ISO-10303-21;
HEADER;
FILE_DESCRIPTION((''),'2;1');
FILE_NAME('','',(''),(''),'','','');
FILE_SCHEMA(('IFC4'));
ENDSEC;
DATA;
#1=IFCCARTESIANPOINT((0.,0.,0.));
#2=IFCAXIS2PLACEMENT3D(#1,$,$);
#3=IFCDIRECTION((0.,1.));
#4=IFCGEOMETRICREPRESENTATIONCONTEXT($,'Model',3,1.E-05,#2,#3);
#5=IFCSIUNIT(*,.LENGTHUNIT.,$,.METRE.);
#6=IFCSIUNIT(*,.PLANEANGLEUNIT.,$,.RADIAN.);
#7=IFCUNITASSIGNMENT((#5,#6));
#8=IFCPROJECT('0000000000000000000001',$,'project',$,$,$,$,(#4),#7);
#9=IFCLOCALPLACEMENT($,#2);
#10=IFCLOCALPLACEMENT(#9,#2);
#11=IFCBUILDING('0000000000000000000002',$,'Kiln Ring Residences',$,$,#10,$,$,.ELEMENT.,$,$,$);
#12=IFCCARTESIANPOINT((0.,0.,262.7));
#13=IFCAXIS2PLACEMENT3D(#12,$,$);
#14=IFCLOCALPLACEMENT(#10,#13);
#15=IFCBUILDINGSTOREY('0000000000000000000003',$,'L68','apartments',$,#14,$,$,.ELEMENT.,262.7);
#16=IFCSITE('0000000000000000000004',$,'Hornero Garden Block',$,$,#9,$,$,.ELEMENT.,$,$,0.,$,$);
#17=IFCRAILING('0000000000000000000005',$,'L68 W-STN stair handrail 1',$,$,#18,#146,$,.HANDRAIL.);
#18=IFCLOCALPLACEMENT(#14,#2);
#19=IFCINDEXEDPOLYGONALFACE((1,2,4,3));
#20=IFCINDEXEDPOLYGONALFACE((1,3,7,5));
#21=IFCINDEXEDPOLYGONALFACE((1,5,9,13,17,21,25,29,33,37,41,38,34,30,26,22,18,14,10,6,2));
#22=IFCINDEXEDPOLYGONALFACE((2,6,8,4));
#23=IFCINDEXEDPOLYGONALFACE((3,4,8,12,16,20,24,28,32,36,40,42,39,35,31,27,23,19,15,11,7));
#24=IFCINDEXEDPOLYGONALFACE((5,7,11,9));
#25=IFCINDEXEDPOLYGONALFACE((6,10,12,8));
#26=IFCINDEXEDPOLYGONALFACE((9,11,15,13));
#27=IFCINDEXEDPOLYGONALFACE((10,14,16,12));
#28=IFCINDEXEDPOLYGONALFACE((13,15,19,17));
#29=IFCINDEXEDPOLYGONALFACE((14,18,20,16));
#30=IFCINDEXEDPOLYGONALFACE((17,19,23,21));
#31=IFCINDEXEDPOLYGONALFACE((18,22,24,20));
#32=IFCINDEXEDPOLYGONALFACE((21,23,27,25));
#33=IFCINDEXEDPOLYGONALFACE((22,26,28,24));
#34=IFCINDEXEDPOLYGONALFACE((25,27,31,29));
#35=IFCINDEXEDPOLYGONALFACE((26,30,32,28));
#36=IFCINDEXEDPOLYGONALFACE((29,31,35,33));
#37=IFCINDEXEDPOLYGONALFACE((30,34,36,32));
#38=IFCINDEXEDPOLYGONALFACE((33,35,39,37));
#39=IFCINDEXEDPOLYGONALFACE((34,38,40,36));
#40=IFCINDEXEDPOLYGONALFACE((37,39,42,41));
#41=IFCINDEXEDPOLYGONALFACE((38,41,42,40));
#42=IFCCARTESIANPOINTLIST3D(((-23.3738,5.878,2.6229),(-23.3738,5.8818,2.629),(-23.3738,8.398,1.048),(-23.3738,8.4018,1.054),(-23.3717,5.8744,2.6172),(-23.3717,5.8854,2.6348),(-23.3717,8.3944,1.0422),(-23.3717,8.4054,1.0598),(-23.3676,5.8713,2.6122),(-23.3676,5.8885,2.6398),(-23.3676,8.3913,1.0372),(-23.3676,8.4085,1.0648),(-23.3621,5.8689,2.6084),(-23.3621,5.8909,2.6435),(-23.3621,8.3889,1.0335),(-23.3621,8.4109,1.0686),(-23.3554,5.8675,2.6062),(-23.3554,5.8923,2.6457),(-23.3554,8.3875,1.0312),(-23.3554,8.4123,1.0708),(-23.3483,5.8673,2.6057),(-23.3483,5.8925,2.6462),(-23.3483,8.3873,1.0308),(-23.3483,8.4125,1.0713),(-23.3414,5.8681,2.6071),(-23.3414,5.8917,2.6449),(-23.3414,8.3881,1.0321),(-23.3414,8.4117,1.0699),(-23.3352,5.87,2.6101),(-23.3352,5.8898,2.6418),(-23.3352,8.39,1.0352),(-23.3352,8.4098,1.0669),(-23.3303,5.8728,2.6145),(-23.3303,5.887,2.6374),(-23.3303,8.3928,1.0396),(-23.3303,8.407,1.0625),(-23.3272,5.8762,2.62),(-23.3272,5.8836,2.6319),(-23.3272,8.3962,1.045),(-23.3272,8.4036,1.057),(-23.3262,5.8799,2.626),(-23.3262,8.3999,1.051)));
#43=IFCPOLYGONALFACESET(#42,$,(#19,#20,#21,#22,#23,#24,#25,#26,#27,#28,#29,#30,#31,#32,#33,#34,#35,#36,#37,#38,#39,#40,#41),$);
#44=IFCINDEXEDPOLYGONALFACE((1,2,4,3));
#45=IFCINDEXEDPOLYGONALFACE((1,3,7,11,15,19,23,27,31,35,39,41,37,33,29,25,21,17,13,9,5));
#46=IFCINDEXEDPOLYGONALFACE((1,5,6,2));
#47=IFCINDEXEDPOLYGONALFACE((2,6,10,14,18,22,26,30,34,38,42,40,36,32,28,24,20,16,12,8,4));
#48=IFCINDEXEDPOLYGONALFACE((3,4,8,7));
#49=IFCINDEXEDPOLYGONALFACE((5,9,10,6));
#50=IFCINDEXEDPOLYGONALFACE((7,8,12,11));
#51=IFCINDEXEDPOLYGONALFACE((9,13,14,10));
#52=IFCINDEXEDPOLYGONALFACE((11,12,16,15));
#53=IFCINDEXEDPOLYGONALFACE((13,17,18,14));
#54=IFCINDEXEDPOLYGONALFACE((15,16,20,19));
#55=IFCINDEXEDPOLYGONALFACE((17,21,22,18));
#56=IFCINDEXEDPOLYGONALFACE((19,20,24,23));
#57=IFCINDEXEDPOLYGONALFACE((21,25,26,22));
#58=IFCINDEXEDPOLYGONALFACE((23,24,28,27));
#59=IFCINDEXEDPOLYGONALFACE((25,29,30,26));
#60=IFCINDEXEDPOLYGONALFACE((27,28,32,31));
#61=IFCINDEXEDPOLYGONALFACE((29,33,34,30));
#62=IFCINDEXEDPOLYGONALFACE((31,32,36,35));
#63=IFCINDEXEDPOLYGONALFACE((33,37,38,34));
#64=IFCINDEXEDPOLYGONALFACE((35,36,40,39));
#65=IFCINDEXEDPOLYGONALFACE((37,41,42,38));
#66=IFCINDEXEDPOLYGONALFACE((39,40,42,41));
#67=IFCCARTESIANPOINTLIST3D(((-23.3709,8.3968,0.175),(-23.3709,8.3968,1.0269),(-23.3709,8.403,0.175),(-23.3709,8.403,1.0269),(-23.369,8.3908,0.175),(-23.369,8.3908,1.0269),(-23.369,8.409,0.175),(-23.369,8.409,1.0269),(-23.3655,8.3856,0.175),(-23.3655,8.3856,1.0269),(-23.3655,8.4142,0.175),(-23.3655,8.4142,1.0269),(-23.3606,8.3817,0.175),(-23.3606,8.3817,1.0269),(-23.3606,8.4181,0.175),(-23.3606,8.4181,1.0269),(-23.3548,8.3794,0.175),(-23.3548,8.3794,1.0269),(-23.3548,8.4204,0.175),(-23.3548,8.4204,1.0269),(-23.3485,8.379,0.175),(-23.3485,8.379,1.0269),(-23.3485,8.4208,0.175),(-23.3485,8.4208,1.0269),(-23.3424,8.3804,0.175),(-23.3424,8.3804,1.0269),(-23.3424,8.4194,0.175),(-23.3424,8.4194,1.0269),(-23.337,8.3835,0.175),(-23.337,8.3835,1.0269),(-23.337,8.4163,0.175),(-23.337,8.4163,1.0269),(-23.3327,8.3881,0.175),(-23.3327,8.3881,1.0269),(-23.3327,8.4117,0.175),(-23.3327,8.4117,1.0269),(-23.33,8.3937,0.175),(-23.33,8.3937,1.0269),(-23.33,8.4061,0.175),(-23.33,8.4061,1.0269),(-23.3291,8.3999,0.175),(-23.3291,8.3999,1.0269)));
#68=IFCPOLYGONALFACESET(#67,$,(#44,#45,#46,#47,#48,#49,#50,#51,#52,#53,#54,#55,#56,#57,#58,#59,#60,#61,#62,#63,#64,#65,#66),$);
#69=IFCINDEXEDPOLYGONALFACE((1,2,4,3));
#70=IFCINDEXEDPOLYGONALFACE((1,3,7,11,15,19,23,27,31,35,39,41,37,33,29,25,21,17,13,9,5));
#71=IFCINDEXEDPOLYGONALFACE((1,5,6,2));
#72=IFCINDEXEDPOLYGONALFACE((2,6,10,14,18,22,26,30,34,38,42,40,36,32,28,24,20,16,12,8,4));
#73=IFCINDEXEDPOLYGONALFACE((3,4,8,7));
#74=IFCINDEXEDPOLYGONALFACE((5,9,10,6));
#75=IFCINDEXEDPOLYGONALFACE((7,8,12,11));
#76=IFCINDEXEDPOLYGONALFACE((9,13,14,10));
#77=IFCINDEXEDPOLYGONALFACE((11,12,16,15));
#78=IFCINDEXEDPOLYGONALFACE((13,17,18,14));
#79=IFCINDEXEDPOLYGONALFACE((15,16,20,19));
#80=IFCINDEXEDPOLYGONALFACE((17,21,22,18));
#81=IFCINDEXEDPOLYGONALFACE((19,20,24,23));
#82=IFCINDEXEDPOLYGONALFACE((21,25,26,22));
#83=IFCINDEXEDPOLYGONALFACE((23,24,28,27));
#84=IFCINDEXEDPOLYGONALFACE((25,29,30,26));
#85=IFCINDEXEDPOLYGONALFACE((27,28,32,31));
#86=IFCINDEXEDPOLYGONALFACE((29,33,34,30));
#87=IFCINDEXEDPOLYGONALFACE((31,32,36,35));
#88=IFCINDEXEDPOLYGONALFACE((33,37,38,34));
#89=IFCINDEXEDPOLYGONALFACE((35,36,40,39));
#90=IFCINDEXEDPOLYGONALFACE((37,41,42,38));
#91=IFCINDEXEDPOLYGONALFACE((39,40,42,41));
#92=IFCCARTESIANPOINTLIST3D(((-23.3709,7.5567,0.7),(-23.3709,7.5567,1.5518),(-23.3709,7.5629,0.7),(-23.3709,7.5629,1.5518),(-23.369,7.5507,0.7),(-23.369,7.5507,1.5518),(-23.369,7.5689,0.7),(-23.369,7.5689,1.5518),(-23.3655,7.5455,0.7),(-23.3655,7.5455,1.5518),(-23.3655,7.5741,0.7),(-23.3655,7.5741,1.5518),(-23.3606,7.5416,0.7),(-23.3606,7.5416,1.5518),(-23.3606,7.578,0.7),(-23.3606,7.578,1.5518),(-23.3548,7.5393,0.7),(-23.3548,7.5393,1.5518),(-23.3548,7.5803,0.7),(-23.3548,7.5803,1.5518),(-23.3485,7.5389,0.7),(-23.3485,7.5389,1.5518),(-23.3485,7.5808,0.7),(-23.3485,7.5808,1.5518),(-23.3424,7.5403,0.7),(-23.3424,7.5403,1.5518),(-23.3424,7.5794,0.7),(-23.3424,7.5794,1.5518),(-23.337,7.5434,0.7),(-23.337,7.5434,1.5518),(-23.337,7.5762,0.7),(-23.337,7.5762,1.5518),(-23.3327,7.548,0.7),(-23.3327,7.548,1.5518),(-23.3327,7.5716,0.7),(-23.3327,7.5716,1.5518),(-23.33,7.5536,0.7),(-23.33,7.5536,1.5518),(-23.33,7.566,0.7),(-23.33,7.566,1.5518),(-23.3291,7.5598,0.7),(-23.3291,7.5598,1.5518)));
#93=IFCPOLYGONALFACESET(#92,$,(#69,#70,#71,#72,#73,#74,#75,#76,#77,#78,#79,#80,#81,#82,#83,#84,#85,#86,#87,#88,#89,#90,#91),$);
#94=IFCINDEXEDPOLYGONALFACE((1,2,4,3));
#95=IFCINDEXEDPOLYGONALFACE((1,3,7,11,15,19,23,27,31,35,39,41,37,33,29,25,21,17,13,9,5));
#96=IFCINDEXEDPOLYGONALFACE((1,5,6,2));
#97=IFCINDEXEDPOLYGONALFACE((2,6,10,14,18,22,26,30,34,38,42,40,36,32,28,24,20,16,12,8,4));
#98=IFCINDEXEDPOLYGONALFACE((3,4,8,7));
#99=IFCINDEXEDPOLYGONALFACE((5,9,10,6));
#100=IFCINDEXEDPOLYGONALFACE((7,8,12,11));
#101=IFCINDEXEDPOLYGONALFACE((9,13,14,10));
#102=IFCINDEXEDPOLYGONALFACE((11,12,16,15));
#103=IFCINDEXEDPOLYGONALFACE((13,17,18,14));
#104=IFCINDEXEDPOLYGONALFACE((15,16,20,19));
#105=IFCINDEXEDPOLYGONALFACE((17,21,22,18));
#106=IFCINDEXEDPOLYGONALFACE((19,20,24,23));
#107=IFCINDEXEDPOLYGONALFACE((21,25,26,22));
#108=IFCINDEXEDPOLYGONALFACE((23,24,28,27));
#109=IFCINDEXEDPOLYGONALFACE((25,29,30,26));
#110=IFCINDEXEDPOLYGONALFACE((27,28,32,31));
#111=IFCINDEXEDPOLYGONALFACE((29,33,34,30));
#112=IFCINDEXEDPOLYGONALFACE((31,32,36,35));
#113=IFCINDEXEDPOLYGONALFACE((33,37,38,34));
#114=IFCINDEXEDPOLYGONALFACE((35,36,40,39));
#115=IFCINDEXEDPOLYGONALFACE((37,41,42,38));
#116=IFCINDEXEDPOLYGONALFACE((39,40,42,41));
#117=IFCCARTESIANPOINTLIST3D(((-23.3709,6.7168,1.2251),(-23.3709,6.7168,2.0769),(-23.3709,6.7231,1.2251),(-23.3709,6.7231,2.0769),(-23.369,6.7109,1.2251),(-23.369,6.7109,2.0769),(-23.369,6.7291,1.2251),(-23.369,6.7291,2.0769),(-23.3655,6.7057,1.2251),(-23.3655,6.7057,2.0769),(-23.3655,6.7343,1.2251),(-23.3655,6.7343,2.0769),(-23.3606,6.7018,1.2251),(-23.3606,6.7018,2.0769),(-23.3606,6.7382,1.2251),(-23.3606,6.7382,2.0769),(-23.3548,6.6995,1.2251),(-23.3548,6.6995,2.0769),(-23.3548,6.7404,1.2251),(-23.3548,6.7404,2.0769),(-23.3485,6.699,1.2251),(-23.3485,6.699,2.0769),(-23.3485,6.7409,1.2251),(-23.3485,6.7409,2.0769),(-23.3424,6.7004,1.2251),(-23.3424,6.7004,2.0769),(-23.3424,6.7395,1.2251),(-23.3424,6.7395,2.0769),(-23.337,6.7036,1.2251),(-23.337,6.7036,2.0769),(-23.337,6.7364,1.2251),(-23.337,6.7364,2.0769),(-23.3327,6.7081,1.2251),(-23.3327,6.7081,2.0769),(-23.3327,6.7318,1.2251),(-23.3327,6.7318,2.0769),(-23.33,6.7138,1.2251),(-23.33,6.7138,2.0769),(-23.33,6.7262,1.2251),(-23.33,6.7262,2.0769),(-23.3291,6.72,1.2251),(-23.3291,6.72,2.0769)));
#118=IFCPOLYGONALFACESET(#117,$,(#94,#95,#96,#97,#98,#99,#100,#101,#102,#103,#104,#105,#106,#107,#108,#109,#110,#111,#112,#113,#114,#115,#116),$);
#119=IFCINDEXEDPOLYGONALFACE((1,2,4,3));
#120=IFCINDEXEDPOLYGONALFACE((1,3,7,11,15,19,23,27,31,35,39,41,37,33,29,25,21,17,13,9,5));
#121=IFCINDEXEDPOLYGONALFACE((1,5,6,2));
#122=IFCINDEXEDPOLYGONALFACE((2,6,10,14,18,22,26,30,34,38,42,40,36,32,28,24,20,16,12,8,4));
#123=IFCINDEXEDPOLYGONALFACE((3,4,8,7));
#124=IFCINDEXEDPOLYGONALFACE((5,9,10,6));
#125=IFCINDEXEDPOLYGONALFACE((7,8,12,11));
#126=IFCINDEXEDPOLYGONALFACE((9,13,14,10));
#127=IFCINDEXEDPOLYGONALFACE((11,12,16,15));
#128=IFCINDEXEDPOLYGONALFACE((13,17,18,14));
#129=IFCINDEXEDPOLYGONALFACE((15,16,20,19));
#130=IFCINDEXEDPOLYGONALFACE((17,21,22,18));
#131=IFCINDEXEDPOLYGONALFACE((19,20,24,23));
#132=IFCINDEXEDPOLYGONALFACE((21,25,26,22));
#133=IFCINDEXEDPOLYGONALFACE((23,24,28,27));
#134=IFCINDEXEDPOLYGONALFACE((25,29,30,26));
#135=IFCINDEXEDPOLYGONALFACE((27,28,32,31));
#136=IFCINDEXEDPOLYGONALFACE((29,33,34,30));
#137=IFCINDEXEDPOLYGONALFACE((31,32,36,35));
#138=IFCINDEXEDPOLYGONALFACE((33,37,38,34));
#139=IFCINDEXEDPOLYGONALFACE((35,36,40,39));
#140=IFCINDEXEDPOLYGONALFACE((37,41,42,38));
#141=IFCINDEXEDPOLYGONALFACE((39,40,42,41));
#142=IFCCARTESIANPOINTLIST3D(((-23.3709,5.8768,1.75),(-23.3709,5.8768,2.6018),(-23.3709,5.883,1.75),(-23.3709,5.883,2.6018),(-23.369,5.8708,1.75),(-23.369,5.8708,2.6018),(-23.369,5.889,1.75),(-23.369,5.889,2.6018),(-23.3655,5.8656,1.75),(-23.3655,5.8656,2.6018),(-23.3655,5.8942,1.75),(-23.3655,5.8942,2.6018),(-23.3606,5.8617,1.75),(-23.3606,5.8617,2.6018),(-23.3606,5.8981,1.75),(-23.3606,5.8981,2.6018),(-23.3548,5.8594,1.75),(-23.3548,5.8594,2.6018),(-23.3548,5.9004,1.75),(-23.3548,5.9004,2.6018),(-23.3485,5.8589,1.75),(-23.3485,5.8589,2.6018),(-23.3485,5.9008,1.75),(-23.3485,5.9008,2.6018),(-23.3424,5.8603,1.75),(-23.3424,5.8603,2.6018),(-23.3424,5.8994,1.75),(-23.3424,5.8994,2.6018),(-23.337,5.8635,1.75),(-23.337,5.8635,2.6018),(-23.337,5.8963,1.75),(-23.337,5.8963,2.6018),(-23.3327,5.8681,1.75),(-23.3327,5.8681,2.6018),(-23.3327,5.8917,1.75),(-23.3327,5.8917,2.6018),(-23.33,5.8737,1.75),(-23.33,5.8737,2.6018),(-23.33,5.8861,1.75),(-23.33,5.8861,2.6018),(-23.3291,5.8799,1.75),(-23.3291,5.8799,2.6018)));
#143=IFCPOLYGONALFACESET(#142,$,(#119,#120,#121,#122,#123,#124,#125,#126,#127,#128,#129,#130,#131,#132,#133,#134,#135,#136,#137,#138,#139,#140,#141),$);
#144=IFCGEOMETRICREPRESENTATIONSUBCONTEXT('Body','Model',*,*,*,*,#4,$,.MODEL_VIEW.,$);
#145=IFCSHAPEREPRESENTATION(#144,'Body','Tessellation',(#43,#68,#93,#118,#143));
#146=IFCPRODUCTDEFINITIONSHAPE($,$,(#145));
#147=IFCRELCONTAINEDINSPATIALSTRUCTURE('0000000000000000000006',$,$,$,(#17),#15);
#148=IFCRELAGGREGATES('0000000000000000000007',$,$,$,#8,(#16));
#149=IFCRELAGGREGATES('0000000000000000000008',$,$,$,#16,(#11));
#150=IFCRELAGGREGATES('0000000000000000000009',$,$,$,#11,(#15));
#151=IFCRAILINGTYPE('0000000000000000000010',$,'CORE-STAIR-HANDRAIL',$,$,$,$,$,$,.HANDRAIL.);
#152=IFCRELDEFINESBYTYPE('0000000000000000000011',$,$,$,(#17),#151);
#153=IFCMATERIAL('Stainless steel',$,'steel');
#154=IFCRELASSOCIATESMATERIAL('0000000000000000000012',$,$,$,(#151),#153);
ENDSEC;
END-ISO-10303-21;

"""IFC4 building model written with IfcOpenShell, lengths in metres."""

from ifc_helpers import new_model, si_unit, direction, frame, origin, origin_2d, place, context, subcontext, project, spatial, circle, extrude, material, type_object, element, save


model = new_model("IFC4")

# Units and contexts
model_context = context("Model", 3, precision=1e-05, world=origin(), true_north=direction((0.0, 1.0)))
body_context = subcontext(model_context, "Body", "Model", "MODEL_VIEW")
ifc_project = project(units=[si_unit("LENGTHUNIT", "METRE"), si_unit("PLANEANGLEUNIT", "RADIAN")], contexts=[model_context])

# Site, building, storey
site_placement = place(None, origin())
site = spatial("IfcSite", under=ifc_project, at=site_placement, Name="Hornero Garden Block", CompositionType="ELEMENT", RefElevation=0.0)
building_placement = place(site_placement, origin())
building = spatial("IfcBuilding", under=site, at=building_placement, Name="Kiln Ring Residences", CompositionType="ELEMENT")
storey_placement = place(building_placement, frame((0.0, 0.0, 262.7)))
storey = spatial("IfcBuildingStorey", under=building, at=storey_placement, Name="L68", Description="apartments", CompositionType="ELEMENT", Elevation=262.7)

# Railing
ifc_material_1 = material(Name="Stainless steel", Category="steel")
railing_type_1 = type_object("IfcRailingType", Name="CORE-STAIR-HANDRAIL", PredefinedType="HANDRAIL", material=ifc_material_1)
railing_1_placement = place(storey_placement, frame((-23.3501, 8.3999, 0.175)))
element("IfcRailing", 1, at=railing_1_placement, inside=storey, type_object=railing_type_1, Name="L68 W-STN stair handrail 1", PredefinedType="HANDRAIL", context=body_context, shape_type="SweptSolid", body=[
    extrude(circle(Radius=0.0239, at=origin_2d()), frame((0.0, 0.0, 0.876), z_axis=(0.0, -0.848008, 0.529984), x_axis=(1.0, 0.0, 0.0)), (0.0, 0.0, 1.0), 2.9717),
    extrude(circle(Radius=0.021, at=origin_2d()), origin(), (0.0, 0.0, 1.0), 0.8518),
    extrude(circle(Radius=0.021, at=origin_2d()), frame((0.0, -0.8401, 0.5249)), (0.0, 0.0, 1.0), 0.8518),
    extrude(circle(Radius=0.021, at=origin_2d()), frame((0.0, -1.6799, 1.05)), (0.0, 0.0, 1.0), 0.8518),
    extrude(circle(Radius=0.021, at=origin_2d()), frame((0.0, -2.52, 1.575)), (0.0, 0.0, 1.0), 0.8518),
])

save(model, "model.ifc")
